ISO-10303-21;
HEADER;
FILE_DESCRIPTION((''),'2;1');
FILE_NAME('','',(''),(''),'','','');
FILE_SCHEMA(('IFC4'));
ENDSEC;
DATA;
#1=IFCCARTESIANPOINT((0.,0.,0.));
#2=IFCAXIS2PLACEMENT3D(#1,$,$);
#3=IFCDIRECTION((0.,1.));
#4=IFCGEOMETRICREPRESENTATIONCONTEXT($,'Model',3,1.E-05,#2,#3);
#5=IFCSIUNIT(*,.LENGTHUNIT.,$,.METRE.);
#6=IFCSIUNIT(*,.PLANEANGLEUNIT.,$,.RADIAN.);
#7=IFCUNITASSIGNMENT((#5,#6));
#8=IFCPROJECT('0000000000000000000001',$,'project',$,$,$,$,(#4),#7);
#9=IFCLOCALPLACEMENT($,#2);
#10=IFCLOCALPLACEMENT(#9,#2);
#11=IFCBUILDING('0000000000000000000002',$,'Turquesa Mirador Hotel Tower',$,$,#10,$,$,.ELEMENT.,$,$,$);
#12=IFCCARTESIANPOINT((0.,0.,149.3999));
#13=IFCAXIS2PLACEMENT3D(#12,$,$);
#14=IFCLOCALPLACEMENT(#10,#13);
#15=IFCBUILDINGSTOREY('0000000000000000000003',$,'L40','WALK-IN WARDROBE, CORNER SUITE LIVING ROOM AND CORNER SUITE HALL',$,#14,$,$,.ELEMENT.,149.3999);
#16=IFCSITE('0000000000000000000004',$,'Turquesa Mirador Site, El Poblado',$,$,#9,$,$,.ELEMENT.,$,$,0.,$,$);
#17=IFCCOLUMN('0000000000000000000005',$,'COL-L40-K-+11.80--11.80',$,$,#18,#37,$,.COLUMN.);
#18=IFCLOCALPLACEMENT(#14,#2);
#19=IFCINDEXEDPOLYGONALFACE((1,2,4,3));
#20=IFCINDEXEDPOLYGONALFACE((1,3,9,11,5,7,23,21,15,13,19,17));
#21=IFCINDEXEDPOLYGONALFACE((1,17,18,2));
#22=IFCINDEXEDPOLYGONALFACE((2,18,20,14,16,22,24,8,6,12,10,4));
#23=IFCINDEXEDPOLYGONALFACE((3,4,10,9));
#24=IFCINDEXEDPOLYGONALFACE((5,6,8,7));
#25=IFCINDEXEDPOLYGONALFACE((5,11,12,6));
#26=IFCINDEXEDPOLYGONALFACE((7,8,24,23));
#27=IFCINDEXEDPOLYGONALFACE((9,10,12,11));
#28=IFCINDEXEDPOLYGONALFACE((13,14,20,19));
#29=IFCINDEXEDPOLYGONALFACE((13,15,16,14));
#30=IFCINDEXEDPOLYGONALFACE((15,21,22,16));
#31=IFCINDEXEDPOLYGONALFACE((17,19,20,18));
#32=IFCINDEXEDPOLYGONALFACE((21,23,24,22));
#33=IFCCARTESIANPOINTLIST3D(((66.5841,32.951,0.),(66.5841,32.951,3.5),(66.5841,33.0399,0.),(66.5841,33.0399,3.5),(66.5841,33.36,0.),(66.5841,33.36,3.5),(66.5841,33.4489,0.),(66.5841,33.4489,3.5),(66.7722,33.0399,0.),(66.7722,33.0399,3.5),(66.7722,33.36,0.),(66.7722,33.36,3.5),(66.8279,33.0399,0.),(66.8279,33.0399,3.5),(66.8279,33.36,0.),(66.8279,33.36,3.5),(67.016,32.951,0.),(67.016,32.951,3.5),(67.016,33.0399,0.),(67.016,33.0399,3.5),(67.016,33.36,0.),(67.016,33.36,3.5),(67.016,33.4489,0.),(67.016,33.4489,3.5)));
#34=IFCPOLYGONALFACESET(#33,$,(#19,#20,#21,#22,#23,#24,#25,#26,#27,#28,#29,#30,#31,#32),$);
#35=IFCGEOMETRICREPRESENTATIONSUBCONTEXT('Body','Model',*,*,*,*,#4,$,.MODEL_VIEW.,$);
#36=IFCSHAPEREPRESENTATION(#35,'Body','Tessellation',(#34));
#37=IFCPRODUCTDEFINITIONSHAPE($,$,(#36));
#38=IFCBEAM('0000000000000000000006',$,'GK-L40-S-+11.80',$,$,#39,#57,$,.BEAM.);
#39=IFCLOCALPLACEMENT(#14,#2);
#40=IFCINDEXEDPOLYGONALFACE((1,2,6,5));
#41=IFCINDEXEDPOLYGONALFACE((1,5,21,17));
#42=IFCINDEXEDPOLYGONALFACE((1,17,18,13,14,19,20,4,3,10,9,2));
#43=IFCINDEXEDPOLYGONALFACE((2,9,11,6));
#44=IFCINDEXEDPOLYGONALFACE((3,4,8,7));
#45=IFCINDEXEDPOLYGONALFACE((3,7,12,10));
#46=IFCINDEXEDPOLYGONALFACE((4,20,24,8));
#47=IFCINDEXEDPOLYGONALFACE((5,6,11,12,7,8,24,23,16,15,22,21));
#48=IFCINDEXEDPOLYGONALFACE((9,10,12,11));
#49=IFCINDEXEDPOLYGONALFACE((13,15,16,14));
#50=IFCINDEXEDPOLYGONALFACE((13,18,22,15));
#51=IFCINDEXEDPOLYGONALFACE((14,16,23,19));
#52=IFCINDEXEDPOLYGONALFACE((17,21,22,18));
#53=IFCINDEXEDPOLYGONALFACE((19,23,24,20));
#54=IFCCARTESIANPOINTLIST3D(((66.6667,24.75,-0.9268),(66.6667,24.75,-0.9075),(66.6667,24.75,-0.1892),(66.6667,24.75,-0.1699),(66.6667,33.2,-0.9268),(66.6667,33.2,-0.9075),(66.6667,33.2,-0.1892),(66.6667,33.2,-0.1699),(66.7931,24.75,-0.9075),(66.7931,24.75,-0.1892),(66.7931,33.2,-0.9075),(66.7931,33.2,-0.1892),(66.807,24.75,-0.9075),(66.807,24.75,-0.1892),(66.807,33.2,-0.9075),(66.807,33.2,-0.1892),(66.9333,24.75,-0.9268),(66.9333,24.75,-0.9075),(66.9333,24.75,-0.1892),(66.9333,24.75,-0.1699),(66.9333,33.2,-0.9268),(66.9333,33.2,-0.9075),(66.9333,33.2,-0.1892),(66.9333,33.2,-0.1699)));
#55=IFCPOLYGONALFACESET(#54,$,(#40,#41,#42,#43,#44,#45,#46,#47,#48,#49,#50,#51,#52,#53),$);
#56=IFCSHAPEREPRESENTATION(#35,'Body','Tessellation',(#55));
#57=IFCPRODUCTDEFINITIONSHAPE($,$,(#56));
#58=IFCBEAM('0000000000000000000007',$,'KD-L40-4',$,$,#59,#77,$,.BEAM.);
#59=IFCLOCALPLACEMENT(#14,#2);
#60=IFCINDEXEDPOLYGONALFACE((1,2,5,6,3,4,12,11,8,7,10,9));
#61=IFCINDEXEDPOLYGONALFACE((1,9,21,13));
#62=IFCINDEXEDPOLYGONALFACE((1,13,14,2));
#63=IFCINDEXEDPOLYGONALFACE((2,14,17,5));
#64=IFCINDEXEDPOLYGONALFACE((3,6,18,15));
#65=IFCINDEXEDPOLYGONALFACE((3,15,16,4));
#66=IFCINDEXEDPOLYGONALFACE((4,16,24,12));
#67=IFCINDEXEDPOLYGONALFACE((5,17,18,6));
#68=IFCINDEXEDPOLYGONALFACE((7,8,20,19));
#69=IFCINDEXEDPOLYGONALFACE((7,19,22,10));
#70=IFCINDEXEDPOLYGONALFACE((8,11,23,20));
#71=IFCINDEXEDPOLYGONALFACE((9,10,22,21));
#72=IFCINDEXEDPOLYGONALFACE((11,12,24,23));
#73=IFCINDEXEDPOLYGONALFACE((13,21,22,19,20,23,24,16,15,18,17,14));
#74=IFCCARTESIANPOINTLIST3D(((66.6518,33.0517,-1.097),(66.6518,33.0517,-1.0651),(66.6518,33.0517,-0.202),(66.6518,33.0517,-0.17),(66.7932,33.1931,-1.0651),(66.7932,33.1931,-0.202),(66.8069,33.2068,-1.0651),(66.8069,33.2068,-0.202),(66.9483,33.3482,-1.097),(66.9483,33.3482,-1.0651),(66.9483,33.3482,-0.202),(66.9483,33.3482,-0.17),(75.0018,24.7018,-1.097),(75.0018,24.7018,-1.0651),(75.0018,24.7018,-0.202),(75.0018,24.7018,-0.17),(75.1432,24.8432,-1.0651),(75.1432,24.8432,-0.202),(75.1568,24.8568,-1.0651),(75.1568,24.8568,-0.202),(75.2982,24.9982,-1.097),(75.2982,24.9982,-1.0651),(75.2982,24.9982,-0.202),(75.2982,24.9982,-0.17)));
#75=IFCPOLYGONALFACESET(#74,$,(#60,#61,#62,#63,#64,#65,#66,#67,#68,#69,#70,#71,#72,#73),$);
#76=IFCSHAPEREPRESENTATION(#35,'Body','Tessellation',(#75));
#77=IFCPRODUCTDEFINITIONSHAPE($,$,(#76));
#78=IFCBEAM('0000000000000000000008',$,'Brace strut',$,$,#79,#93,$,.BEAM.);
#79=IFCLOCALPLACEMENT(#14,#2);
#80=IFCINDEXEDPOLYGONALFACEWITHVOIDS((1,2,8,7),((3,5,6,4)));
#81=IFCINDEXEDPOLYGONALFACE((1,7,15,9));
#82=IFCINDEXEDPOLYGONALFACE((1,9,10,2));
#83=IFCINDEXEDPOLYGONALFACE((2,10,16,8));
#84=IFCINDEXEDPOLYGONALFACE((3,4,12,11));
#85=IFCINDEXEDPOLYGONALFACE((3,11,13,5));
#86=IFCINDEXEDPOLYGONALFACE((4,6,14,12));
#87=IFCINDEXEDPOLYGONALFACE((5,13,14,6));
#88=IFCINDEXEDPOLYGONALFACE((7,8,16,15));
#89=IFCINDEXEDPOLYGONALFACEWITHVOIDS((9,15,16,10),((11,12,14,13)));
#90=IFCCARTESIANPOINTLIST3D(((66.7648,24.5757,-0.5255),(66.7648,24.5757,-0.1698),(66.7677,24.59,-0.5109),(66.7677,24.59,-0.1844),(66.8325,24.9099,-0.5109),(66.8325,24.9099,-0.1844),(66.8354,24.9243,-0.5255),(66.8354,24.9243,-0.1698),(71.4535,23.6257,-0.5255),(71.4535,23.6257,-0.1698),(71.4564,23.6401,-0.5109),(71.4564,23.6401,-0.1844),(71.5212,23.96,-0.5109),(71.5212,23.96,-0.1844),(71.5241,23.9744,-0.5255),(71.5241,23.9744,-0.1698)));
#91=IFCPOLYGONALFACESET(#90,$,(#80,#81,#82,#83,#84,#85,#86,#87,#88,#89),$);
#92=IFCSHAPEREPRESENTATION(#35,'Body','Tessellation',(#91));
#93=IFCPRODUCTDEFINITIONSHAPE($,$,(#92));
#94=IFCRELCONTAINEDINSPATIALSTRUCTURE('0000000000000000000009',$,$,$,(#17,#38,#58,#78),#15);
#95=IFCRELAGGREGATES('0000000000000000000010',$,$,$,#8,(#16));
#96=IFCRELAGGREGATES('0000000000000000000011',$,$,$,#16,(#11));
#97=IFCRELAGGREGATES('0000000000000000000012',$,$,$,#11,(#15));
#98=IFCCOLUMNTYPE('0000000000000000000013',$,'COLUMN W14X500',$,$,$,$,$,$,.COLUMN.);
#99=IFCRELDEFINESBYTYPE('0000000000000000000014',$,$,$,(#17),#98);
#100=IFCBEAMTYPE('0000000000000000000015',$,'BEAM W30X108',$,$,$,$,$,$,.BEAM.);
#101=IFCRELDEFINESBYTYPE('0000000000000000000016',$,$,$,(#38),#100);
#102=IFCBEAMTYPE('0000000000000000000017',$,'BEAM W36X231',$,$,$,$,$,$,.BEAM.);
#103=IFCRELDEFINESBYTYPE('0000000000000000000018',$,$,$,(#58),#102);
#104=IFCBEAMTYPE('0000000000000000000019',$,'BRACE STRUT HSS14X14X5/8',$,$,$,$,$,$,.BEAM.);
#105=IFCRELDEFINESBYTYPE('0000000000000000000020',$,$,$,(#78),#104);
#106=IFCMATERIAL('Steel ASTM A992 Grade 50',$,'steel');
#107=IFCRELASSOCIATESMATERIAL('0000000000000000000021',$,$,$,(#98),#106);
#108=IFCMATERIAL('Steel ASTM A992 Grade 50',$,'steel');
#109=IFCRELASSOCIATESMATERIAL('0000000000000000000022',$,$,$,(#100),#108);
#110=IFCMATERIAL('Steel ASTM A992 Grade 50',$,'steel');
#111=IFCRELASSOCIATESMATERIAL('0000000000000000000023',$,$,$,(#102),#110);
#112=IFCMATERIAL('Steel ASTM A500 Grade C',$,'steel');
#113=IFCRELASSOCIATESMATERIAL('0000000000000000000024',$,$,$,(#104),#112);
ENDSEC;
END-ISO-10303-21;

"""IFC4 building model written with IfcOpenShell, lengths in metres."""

from ifc_helpers import new_model, si_unit, direction, frame, origin, origin_2d, place, context, subcontext, project, spatial, hollow_rectangle, i_section, extrude, material, material_profile, profile_set, type_object, element, save


model = new_model("IFC4")

# Units and contexts
model_context = context("Model", 3, precision=1e-05, world=origin(), true_north=direction((0.0, 1.0)))
body_context = subcontext(model_context, "Body", "Model", "MODEL_VIEW")
ifc_project = project(units=[si_unit("LENGTHUNIT", "METRE"), si_unit("PLANEANGLEUNIT", "RADIAN")], contexts=[model_context])

# Site, building, storey
site_placement = place(None, origin())
site = spatial("IfcSite", under=ifc_project, at=site_placement, Name="Turquesa Mirador Site, El Poblado", CompositionType="ELEMENT", RefElevation=0.0)
building_placement = place(site_placement, origin())
building = spatial("IfcBuilding", under=site, at=building_placement, Name="Turquesa Mirador Hotel Tower", CompositionType="ELEMENT")
storey_placement = place(building_placement, frame((0.0, 0.0, 149.3999)))
storey = spatial("IfcBuildingStorey", under=building, at=storey_placement, Name="L40", Description="WALK-IN WARDROBE, CORNER SUITE LIVING ROOM AND CORNER SUITE HALL", CompositionType="ELEMENT", Elevation=149.3999)

# Column
ifc_material_1 = material(Name="Steel ASTM A992 Grade 50", Category="steel")
ifc_material_profile_1 = material_profile(ifc_material_1, i_section(OverallWidth=0.4319, OverallDepth=0.4978, WebThickness=0.0557, FlangeThickness=0.0889, at=origin_2d()), Name="W14X500")
ifc_profile_set_1 = profile_set([ifc_material_profile_1], Name="Steel ASTM A992 Grade 50")
column_type = type_object("IfcColumnType", Name="COLUMN W14X500", PredefinedType="COLUMN", material=ifc_profile_set_1)
column_placement = place(storey_placement, frame((66.8, 33.2, 0.0), z_axis=(0.0, 0.0, 1.0), x_axis=(1.0, 0.0, 0.0)))
element("IfcColumn", 1, at=column_placement, inside=storey, type_object=column_type, Name="COL-L40-K-+11.80--11.80", PredefinedType="COLUMN", context=body_context, shape_type="SweptSolid", body=[
    extrude(i_section(OverallWidth=0.4319, OverallDepth=0.4978, WebThickness=0.0557, FlangeThickness=0.0889, at=origin_2d()), origin(), (0.0, 0.0, 1.0), 3.5),
])

# Beams
ifc_material_2 = material(Name="Steel ASTM A992 Grade 50", Category="steel")
ifc_material_profile_2 = material_profile(ifc_material_2, i_section(OverallWidth=0.2666, OverallDepth=0.7568, WebThickness=0.0139, FlangeThickness=0.0193, at=origin_2d()), Name="W30X108")
ifc_profile_set_2 = profile_set([ifc_material_profile_2], Name="Steel ASTM A992 Grade 50")
beam_type_1 = type_object("IfcBeamType", Name="BEAM W30X108", PredefinedType="BEAM", material=ifc_profile_set_2)
beam_1_placement = place(storey_placement, frame((66.8, 24.75, -0.5483), z_axis=(0.0, 1.0, 0.0), x_axis=(-1.0, 0.0, 0.0)))
element("IfcBeam", 2, at=beam_1_placement, inside=storey, type_object=beam_type_1, Name="GK-L40-S-+11.80", PredefinedType="BEAM", context=body_context, shape_type="SweptSolid", body=[
    extrude(i_section(OverallWidth=0.2666, OverallDepth=0.7568, WebThickness=0.0139, FlangeThickness=0.0193, at=origin_2d()), origin(), (0.0, 0.0, 1.0), 8.45),
])
ifc_material_3 = material(Name="Steel ASTM A992 Grade 50", Category="steel")
ifc_material_profile_3 = material_profile(ifc_material_3, i_section(OverallWidth=0.4192, OverallDepth=0.927, WebThickness=0.0193, FlangeThickness=0.032, at=origin_2d()), Name="W36X231")
ifc_profile_set_3 = profile_set([ifc_material_profile_3], Name="Steel ASTM A992 Grade 50")
beam_type_2 = type_object("IfcBeamType", Name="BEAM W36X231", PredefinedType="BEAM", material=ifc_profile_set_3)
beam_2_placement = place(storey_placement, frame((66.8, 33.2, -0.6335), z_axis=(0.707107, -0.707107, 0.0), x_axis=(0.707107, 0.707107, 0.0)))
element("IfcBeam", 3, at=beam_2_placement, inside=storey, type_object=beam_type_2, Name="KD-L40-4", PredefinedType="BEAM", context=body_context, shape_type="SweptSolid", body=[
    extrude(i_section(OverallWidth=0.4192, OverallDepth=0.927, WebThickness=0.0193, FlangeThickness=0.032, at=origin_2d()), origin(), (0.0, 0.0, 1.0), 11.8086),
])
ifc_material_4 = material(Name="Steel ASTM A500 Grade C", Category="steel")
ifc_material_profile_4 = material_profile(ifc_material_4, hollow_rectangle(XDim=0.3557, YDim=0.3557, WallThickness=0.0146, at=origin_2d()), Name="HSS14X14X5/8")
ifc_profile_set_4 = profile_set([ifc_material_profile_4], Name="Steel ASTM A500 Grade C")
beam_type_3 = type_object("IfcBeamType", Name="BRACE STRUT HSS14X14X5/8", PredefinedType="BEAM", material=ifc_profile_set_4)
beam_3_placement = place(storey_placement, frame((71.4888, 23.8, -0.3477), z_axis=(-0.980087, 0.198569, 0.0), x_axis=(-0.198569, -0.980087, 0.0)))
element("IfcBeam", 4, at=beam_3_placement, inside=storey, type_object=beam_type_3, Name="Brace strut", PredefinedType="BEAM", context=body_context, shape_type="SweptSolid", body=[
    extrude(hollow_rectangle(XDim=0.3557, YDim=0.3557, WallThickness=0.0146, at=origin_2d()), origin(), (0.0, 0.0, 1.0), 4.7839),
])

save(model, "model.ifc")
